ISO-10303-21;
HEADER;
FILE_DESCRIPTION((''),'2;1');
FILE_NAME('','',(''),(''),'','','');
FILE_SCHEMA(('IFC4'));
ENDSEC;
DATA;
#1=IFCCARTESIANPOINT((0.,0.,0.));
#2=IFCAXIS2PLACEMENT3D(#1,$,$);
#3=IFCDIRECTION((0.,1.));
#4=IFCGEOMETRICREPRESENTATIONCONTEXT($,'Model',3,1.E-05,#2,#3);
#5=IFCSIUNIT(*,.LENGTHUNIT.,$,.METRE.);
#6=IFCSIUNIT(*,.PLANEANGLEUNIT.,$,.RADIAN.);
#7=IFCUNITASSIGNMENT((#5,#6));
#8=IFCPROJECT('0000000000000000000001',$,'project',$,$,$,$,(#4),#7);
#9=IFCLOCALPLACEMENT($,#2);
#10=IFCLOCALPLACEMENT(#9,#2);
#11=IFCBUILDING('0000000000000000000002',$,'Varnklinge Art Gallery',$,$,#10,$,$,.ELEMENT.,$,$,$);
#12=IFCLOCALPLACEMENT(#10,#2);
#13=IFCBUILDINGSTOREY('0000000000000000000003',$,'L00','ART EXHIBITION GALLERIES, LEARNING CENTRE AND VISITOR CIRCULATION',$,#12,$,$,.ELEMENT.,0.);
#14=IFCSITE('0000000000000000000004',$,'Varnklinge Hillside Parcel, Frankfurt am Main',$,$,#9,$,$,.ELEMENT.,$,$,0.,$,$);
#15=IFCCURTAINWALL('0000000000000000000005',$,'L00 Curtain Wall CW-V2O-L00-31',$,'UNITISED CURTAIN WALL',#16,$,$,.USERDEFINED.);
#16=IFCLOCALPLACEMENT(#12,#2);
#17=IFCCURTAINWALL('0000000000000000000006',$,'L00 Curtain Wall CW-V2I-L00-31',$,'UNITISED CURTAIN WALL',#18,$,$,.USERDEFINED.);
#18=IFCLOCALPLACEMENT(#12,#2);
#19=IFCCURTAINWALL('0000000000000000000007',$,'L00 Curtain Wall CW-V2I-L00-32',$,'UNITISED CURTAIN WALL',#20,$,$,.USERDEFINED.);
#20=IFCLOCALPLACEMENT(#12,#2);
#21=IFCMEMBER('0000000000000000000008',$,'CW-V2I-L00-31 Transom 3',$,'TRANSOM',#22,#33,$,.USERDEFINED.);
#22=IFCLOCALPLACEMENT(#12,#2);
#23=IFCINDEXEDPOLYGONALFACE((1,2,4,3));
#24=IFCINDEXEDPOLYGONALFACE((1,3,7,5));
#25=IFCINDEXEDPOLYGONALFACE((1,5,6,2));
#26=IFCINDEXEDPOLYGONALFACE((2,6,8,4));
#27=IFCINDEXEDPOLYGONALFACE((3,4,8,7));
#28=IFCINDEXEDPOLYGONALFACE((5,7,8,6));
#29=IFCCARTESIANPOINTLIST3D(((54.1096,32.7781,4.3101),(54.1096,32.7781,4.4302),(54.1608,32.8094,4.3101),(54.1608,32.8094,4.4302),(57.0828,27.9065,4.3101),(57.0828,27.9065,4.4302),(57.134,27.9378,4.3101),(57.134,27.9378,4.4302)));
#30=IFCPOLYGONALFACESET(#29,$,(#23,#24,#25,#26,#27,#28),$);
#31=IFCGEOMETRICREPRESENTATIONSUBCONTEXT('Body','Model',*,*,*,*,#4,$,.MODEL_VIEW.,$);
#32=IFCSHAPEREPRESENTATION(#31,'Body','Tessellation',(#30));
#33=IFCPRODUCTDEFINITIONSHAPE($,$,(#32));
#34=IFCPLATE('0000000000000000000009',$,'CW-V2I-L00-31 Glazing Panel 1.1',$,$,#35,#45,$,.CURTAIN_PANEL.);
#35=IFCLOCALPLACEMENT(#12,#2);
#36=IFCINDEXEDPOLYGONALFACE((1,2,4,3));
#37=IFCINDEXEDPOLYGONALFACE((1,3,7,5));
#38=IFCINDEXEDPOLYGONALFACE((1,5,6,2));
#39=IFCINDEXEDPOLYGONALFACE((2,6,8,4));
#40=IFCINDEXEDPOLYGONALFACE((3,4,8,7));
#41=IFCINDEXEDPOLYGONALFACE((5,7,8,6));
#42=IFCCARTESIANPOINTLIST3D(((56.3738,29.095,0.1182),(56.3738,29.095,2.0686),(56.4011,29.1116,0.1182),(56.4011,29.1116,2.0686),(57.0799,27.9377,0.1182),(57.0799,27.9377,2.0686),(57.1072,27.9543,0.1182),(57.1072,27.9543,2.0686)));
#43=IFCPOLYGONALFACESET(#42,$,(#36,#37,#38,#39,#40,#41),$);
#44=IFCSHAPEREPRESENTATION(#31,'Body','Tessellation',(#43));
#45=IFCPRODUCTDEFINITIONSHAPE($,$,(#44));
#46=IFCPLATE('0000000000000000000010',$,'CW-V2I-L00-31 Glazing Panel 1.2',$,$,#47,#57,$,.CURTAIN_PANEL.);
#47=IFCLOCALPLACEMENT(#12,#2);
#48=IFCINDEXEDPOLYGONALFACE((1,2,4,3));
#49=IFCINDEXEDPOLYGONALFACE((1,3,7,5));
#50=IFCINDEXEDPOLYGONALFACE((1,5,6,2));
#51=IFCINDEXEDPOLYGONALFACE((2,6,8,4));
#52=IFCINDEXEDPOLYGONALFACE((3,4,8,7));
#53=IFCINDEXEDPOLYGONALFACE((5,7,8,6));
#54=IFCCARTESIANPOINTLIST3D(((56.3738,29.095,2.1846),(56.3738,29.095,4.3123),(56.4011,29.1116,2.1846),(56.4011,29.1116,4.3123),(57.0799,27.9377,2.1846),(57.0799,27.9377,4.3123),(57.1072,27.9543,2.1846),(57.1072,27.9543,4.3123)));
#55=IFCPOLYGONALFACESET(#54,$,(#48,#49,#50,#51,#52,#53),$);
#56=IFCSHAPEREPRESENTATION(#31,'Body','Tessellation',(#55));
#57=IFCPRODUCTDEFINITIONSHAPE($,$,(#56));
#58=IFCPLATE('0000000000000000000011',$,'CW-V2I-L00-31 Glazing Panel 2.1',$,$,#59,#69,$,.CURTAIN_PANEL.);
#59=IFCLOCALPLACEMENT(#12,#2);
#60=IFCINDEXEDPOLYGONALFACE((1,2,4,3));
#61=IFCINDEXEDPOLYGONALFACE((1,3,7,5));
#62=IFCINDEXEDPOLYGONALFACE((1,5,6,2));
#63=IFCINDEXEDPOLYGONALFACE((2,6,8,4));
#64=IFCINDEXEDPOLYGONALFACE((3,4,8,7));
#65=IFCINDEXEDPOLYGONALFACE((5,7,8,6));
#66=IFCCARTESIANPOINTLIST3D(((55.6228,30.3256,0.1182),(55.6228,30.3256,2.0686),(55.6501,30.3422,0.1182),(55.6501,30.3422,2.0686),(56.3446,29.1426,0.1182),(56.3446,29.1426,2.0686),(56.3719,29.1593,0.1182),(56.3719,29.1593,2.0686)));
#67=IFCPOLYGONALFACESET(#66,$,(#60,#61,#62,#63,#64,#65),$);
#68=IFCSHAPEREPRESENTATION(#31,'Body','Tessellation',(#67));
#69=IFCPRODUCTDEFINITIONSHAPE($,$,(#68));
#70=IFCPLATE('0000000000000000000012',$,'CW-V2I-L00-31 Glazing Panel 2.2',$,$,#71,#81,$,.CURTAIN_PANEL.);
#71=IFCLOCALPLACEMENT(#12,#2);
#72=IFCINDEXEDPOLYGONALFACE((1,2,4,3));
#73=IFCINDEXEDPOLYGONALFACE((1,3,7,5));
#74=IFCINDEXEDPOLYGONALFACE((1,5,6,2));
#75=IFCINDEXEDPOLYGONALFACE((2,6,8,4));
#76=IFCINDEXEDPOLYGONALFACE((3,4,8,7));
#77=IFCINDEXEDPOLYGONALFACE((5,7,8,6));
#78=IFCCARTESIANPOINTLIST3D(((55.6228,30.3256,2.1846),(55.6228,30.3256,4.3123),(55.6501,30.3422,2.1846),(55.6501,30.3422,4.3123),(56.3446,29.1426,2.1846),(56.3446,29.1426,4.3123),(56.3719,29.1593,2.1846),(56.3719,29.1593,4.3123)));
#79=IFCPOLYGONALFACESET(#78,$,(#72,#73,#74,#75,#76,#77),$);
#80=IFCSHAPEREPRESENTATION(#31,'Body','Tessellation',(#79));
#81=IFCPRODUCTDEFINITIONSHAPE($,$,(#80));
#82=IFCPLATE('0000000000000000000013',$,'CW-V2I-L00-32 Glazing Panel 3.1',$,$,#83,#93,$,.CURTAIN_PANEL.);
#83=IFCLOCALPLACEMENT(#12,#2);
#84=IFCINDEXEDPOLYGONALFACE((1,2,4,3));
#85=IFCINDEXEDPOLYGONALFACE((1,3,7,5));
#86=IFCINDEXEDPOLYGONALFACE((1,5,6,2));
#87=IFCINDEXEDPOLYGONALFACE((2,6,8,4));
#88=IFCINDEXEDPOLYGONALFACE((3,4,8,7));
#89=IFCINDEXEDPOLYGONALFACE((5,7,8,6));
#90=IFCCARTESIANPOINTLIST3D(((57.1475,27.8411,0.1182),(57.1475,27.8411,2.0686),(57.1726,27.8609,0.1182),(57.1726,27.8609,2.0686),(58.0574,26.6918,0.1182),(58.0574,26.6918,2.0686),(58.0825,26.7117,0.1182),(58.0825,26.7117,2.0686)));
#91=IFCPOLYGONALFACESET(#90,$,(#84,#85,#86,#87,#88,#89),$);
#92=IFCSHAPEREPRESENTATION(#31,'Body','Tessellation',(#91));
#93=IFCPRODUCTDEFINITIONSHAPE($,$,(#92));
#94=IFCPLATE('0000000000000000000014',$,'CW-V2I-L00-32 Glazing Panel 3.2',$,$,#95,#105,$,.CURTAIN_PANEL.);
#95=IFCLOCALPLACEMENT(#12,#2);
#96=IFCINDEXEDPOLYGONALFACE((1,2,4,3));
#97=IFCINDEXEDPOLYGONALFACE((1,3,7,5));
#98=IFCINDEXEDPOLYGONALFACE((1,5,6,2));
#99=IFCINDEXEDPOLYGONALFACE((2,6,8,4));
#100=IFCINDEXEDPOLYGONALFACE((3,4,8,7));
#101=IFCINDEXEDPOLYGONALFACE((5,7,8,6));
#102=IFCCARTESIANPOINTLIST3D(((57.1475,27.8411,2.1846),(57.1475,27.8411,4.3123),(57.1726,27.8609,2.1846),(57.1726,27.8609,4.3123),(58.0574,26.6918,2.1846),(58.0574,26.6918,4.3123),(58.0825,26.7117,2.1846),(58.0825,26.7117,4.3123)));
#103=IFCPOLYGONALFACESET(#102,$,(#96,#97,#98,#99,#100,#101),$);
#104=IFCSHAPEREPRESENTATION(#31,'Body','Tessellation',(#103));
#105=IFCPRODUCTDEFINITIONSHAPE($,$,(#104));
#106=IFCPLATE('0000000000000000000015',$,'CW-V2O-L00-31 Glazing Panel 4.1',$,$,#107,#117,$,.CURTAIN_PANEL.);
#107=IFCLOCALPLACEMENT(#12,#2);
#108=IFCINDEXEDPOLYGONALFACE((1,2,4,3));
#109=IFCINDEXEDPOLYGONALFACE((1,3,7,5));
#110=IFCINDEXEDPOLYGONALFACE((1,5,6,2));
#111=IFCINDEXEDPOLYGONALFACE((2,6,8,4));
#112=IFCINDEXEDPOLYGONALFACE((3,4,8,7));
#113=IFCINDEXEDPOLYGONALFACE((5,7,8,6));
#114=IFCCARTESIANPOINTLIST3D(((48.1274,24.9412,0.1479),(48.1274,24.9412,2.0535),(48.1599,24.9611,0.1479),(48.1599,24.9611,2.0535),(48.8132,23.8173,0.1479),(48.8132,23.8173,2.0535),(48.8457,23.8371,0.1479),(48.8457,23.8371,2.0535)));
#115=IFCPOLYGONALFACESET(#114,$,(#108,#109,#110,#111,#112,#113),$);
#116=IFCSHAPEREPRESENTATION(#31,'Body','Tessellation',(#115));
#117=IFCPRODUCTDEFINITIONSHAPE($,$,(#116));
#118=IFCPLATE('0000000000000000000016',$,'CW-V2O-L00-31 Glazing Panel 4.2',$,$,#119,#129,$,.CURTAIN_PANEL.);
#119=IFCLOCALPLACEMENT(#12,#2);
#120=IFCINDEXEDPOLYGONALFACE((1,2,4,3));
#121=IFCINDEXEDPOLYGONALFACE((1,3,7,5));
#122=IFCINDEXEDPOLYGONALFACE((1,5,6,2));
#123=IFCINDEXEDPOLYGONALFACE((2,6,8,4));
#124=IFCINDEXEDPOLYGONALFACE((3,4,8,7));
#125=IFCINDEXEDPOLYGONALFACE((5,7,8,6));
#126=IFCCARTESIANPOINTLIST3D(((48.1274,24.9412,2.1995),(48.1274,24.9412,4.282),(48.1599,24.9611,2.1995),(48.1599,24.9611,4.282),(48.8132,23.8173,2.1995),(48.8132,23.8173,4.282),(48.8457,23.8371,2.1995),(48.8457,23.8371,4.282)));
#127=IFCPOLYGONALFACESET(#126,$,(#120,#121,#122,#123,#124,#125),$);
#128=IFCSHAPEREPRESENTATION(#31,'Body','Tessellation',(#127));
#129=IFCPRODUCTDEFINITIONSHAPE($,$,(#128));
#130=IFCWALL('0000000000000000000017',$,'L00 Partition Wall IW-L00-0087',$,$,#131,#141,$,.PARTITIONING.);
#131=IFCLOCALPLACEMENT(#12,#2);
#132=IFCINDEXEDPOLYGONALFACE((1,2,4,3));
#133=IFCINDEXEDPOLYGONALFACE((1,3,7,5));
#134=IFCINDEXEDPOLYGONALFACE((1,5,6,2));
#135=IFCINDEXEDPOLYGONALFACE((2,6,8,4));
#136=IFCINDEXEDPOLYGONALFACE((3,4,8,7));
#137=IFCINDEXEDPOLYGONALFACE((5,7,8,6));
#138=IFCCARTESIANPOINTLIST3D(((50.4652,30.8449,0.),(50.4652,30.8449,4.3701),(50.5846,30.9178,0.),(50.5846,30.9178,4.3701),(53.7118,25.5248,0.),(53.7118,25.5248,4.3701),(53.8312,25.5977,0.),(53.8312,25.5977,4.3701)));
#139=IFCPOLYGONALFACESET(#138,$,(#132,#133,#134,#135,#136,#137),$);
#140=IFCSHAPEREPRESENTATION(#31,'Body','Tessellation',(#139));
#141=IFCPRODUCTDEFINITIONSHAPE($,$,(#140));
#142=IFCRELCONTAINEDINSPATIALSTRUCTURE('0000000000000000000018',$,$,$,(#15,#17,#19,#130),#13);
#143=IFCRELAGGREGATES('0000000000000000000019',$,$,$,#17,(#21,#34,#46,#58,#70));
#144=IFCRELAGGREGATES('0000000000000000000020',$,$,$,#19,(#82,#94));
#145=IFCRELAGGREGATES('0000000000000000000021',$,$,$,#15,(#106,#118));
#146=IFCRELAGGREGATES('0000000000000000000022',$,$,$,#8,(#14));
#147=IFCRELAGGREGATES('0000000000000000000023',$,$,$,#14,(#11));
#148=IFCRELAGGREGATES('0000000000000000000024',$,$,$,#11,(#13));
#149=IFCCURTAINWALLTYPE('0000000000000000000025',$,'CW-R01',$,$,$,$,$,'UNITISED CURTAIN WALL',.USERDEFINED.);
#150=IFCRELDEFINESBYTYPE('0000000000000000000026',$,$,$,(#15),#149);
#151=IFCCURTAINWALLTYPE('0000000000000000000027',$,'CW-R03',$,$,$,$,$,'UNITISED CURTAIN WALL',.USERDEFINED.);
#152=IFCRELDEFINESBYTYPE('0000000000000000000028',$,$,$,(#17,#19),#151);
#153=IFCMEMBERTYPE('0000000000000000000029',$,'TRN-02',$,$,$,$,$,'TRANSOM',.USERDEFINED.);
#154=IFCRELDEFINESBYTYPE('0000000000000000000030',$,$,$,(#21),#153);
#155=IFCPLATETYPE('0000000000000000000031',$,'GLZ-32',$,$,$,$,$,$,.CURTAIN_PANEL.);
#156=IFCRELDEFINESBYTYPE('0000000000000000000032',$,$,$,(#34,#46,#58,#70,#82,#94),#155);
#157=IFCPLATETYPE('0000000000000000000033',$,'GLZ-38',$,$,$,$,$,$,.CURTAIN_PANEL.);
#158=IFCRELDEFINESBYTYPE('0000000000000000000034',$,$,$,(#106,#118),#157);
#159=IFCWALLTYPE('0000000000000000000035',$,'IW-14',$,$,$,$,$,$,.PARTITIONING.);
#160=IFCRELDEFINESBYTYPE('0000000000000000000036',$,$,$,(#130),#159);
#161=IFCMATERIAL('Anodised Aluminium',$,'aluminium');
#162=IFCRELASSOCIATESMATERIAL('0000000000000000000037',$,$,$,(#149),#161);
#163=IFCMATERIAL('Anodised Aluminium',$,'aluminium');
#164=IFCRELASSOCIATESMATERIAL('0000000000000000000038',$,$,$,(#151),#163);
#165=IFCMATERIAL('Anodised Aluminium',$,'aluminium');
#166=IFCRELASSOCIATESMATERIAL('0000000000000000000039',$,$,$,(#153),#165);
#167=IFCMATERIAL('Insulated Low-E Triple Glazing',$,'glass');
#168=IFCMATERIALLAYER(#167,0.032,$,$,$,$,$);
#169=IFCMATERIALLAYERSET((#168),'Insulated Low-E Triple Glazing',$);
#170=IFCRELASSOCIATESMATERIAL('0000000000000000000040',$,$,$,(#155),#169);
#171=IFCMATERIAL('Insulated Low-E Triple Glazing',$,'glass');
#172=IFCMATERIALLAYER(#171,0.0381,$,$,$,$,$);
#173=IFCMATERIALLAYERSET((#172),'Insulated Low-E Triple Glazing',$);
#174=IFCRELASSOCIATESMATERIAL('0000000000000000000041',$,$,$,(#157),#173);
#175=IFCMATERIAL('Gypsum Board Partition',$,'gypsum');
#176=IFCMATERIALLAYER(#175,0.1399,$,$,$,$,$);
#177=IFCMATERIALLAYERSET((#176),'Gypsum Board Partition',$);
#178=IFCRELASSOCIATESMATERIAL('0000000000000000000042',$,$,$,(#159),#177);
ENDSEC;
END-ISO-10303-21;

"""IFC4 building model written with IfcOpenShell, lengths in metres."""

from ifc_helpers import new_model, si_unit, direction, frame, frame_2d, origin, origin_2d, place, context, subcontext, project, spatial, rectangle, extrude, material, layer, layer_set, material_profile, profile_set, type_object, element, aggregate, save


model = new_model("IFC4")

# Units and contexts
model_context = context("Model", 3, precision=1e-05, world=origin(), true_north=direction((0.0, 1.0)))
body_context = subcontext(model_context, "Body", "Model", "MODEL_VIEW")
ifc_project = project(units=[si_unit("LENGTHUNIT", "METRE"), si_unit("PLANEANGLEUNIT", "RADIAN")], contexts=[model_context])

# Site, building, storey
site_placement = place(None, origin())
site = spatial("IfcSite", under=ifc_project, at=site_placement, Name="Varnklinge Hillside Parcel, Frankfurt am Main", CompositionType="ELEMENT", RefElevation=0.0)
building_placement = place(site_placement, origin())
building = spatial("IfcBuilding", under=site, at=building_placement, Name="Varnklinge Art Gallery", CompositionType="ELEMENT")
storey_placement = place(building_placement, origin())
storey = spatial("IfcBuildingStorey", under=building, at=storey_placement, Name="L00", Description="ART EXHIBITION GALLERIES, LEARNING CENTRE AND VISITOR CIRCULATION", CompositionType="ELEMENT", Elevation=0.0)

# Curtain wall
ifc_material_1 = material(Name="Anodised Aluminium", Category="aluminium")
curtain_wall_type_1 = type_object("IfcCurtainWallType", Name="CW-R01", ElementType="UNITISED CURTAIN WALL", PredefinedType="USERDEFINED", material=ifc_material_1)
curtain_wall_1_placement = place(storey_placement, origin())
curtain_wall_1 = element("IfcCurtainWall", 1, at=curtain_wall_1_placement, inside=storey, type_object=curtain_wall_type_1, Name="L00 Curtain Wall CW-V2O-L00-31", ObjectType="UNITISED CURTAIN WALL", PredefinedType="USERDEFINED")

# Curtain wall
ifc_material_2 = material(Name="Anodised Aluminium", Category="aluminium")
curtain_wall_type_2 = type_object("IfcCurtainWallType", Name="CW-R03", ElementType="UNITISED CURTAIN WALL", PredefinedType="USERDEFINED", material=ifc_material_2)
curtain_wall_2_placement = place(storey_placement, origin())
curtain_wall_2 = element("IfcCurtainWall", 2, at=curtain_wall_2_placement, inside=storey, type_object=curtain_wall_type_2, Name="L00 Curtain Wall CW-V2I-L00-31", ObjectType="UNITISED CURTAIN WALL", PredefinedType="USERDEFINED")

# Curtain wall
curtain_wall_3_placement = place(storey_placement, origin())
curtain_wall_3 = element("IfcCurtainWall", 3, at=curtain_wall_3_placement, inside=storey, type_object=curtain_wall_type_2, Name="L00 Curtain Wall CW-V2I-L00-32", ObjectType="UNITISED CURTAIN WALL", PredefinedType="USERDEFINED")

# Member
ifc_material_3 = material(Name="Anodised Aluminium", Category="aluminium")
ifc_material_profile_1 = material_profile(ifc_material_3, rectangle(XDim=0.0601, YDim=0.1201, at=origin_2d()), Name="ALU 60x120")
ifc_profile_set_1 = profile_set([ifc_material_profile_1], Name="Anodised Aluminium")
member_type_1 = type_object("IfcMemberType", Name="TRN-02", ElementType="TRANSOM", PredefinedType="USERDEFINED", material=ifc_profile_set_1)
member_1_placement = place(storey_placement, frame((57.1084, 27.9221, 4.3701), z_axis=(-0.520948, 0.853588, 0.0), x_axis=(-0.853588, -0.520948, 0.0)))
member_1 = element("IfcMember", 4, at=member_1_placement, type_object=member_type_1, Name="CW-V2I-L00-31 Transom 3", ObjectType="TRANSOM", PredefinedType="USERDEFINED", context=body_context, shape_type="SweptSolid", body=[
    extrude(rectangle(XDim=0.0601, YDim=0.1201, at=origin_2d()), origin(), (0.0, 0.0, 1.0), 5.7073),
])

# Plates
ifc_material_4 = material(Name="Insulated Low-E Triple Glazing", Category="glass")
ifc_layer_1 = layer(ifc_material_4, 0.032)
ifc_layer_set_1 = layer_set([ifc_layer_1], Name="Insulated Low-E Triple Glazing")
plate_type_1 = type_object("IfcPlateType", Name="GLZ-32", PredefinedType="CURTAIN_PANEL", material=ifc_layer_set_1)
plate_1_placement = place(storey_placement, frame((56.7405, 28.5247, 0.1182), z_axis=(0.0, 0.0, 1.0), x_axis=(-0.520861, 0.853642, 0.0)))
plate_1 = element("IfcPlate", 5, at=plate_1_placement, type_object=plate_type_1, Name="CW-V2I-L00-31 Glazing Panel 1.1", PredefinedType="CURTAIN_PANEL", context=body_context, shape_type="SweptSolid", body=[
    extrude(rectangle(XDim=1.3557, YDim=0.032, at=origin_2d()), origin(), (0.0, 0.0, 1.0), 1.9504),
])
plate_2_placement = place(storey_placement, frame((56.7405, 28.5247, 2.1846), z_axis=(0.0, 0.0, 1.0), x_axis=(-0.520861, 0.853642, 0.0)))
plate_2 = element("IfcPlate", 6, at=plate_2_placement, type_object=plate_type_1, Name="CW-V2I-L00-31 Glazing Panel 1.2", PredefinedType="CURTAIN_PANEL", context=body_context, shape_type="SweptSolid", body=[
    extrude(rectangle(XDim=1.3557, YDim=0.032, at=origin_2d()), origin(), (0.0, 0.0, 1.0), 2.1277),
])
plate_3_placement = place(storey_placement, frame((55.9973, 29.7424, 0.1182), z_axis=(0.0, 0.0, 1.0), x_axis=(-0.520861, 0.853642, 0.0)))
plate_3 = element("IfcPlate", 7, at=plate_3_placement, type_object=plate_type_1, Name="CW-V2I-L00-31 Glazing Panel 2.1", PredefinedType="CURTAIN_PANEL", context=body_context, shape_type="SweptSolid", body=[
    extrude(rectangle(XDim=1.3857, YDim=0.032, at=origin_2d()), origin(), (0.0, 0.0, 1.0), 1.9504),
])
plate_4_placement = place(storey_placement, frame((55.9973, 29.7424, 2.1846), z_axis=(0.0, 0.0, 1.0), x_axis=(-0.520861, 0.853642, 0.0)))
plate_4 = element("IfcPlate", 8, at=plate_4_placement, type_object=plate_type_1, Name="CW-V2I-L00-31 Glazing Panel 2.2", PredefinedType="CURTAIN_PANEL", context=body_context, shape_type="SweptSolid", body=[
    extrude(rectangle(XDim=1.3857, YDim=0.032, at=origin_2d()), origin(), (0.0, 0.0, 1.0), 2.1277),
])
aggregate(curtain_wall_2, [member_1, plate_1, plate_2, plate_3, plate_4])
plate_5_placement = place(storey_placement, frame((57.615, 27.2764, 0.1182), z_axis=(0.0, 0.0, 1.0), x_axis=(-0.620737, 0.784019, 0.0)))
plate_5 = element("IfcPlate", 9, at=plate_5_placement, type_object=plate_type_1, Name="CW-V2I-L00-32 Glazing Panel 3.1", PredefinedType="CURTAIN_PANEL", context=body_context, shape_type="SweptSolid", body=[
    extrude(rectangle(XDim=1.4658, YDim=0.032, at=origin_2d()), origin(), (0.0, 0.0, 1.0), 1.9504),
])
plate_6_placement = place(storey_placement, frame((57.615, 27.2764, 2.1846), z_axis=(0.0, 0.0, 1.0), x_axis=(-0.620737, 0.784019, 0.0)))
plate_6 = element("IfcPlate", 10, at=plate_6_placement, type_object=plate_type_1, Name="CW-V2I-L00-32 Glazing Panel 3.2", PredefinedType="CURTAIN_PANEL", context=body_context, shape_type="SweptSolid", body=[
    extrude(rectangle(XDim=1.4658, YDim=0.032, at=origin_2d()), origin(), (0.0, 0.0, 1.0), 2.1277),
])
aggregate(curtain_wall_3, [plate_5, plate_6])
ifc_material_5 = material(Name="Insulated Low-E Triple Glazing", Category="glass")
ifc_layer_2 = layer(ifc_material_5, 0.0381)
ifc_layer_set_2 = layer_set([ifc_layer_2], Name="Insulated Low-E Triple Glazing")
plate_type_2 = type_object("IfcPlateType", Name="GLZ-38", PredefinedType="CURTAIN_PANEL", material=ifc_layer_set_2)
plate_7_placement = place(storey_placement, frame((48.4866, 24.3892, 0.1479), z_axis=(0.0, 0.0, 1.0), x_axis=(0.520861, -0.853642, 0.0)))
plate_7 = element("IfcPlate", 11, at=plate_7_placement, type_object=plate_type_2, Name="CW-V2O-L00-31 Glazing Panel 4.1", PredefinedType="CURTAIN_PANEL", context=body_context, shape_type="SweptSolid", body=[
    extrude(rectangle(XDim=1.3167, YDim=0.0381, at=origin_2d()), origin(), (0.0, 0.0, 1.0), 1.9055),
])
plate_8_placement = place(storey_placement, frame((48.4866, 24.3892, 2.1995), z_axis=(0.0, 0.0, 1.0), x_axis=(0.520861, -0.853642, 0.0)))
plate_8 = element("IfcPlate", 12, at=plate_8_placement, type_object=plate_type_2, Name="CW-V2O-L00-31 Glazing Panel 4.2", PredefinedType="CURTAIN_PANEL", context=body_context, shape_type="SweptSolid", body=[
    extrude(rectangle(XDim=1.3167, YDim=0.0381, at=origin_2d()), origin(), (0.0, 0.0, 1.0), 2.0825),
])
aggregate(curtain_wall_1, [plate_7, plate_8])

# Wall
ifc_material_6 = material(Name="Gypsum Board Partition", Category="gypsum")
ifc_layer_3 = layer(ifc_material_6, 0.1399)
ifc_layer_set_3 = layer_set([ifc_layer_3], Name="Gypsum Board Partition")
wall_type = type_object("IfcWallType", Name="IW-14", PredefinedType="PARTITIONING", material=ifc_layer_set_3)
wall_placement = place(storey_placement, frame((53.7715, 25.5613, 0.0), z_axis=(0.0, 0.0, 1.0), x_axis=(-0.520916, 0.853608, 0.0)))
element("IfcWall", 13, at=wall_placement, inside=storey, type_object=wall_type, Name="L00 Partition Wall IW-L00-0087", PredefinedType="PARTITIONING", context=body_context, shape_type="SweptSolid", body=[
    extrude(rectangle(XDim=6.2324, YDim=0.1399, at=frame_2d((3.1162, 0.0))), origin(), (0.0, 0.0, 1.0), 4.3701),
])

save(model, "model.ifc")
